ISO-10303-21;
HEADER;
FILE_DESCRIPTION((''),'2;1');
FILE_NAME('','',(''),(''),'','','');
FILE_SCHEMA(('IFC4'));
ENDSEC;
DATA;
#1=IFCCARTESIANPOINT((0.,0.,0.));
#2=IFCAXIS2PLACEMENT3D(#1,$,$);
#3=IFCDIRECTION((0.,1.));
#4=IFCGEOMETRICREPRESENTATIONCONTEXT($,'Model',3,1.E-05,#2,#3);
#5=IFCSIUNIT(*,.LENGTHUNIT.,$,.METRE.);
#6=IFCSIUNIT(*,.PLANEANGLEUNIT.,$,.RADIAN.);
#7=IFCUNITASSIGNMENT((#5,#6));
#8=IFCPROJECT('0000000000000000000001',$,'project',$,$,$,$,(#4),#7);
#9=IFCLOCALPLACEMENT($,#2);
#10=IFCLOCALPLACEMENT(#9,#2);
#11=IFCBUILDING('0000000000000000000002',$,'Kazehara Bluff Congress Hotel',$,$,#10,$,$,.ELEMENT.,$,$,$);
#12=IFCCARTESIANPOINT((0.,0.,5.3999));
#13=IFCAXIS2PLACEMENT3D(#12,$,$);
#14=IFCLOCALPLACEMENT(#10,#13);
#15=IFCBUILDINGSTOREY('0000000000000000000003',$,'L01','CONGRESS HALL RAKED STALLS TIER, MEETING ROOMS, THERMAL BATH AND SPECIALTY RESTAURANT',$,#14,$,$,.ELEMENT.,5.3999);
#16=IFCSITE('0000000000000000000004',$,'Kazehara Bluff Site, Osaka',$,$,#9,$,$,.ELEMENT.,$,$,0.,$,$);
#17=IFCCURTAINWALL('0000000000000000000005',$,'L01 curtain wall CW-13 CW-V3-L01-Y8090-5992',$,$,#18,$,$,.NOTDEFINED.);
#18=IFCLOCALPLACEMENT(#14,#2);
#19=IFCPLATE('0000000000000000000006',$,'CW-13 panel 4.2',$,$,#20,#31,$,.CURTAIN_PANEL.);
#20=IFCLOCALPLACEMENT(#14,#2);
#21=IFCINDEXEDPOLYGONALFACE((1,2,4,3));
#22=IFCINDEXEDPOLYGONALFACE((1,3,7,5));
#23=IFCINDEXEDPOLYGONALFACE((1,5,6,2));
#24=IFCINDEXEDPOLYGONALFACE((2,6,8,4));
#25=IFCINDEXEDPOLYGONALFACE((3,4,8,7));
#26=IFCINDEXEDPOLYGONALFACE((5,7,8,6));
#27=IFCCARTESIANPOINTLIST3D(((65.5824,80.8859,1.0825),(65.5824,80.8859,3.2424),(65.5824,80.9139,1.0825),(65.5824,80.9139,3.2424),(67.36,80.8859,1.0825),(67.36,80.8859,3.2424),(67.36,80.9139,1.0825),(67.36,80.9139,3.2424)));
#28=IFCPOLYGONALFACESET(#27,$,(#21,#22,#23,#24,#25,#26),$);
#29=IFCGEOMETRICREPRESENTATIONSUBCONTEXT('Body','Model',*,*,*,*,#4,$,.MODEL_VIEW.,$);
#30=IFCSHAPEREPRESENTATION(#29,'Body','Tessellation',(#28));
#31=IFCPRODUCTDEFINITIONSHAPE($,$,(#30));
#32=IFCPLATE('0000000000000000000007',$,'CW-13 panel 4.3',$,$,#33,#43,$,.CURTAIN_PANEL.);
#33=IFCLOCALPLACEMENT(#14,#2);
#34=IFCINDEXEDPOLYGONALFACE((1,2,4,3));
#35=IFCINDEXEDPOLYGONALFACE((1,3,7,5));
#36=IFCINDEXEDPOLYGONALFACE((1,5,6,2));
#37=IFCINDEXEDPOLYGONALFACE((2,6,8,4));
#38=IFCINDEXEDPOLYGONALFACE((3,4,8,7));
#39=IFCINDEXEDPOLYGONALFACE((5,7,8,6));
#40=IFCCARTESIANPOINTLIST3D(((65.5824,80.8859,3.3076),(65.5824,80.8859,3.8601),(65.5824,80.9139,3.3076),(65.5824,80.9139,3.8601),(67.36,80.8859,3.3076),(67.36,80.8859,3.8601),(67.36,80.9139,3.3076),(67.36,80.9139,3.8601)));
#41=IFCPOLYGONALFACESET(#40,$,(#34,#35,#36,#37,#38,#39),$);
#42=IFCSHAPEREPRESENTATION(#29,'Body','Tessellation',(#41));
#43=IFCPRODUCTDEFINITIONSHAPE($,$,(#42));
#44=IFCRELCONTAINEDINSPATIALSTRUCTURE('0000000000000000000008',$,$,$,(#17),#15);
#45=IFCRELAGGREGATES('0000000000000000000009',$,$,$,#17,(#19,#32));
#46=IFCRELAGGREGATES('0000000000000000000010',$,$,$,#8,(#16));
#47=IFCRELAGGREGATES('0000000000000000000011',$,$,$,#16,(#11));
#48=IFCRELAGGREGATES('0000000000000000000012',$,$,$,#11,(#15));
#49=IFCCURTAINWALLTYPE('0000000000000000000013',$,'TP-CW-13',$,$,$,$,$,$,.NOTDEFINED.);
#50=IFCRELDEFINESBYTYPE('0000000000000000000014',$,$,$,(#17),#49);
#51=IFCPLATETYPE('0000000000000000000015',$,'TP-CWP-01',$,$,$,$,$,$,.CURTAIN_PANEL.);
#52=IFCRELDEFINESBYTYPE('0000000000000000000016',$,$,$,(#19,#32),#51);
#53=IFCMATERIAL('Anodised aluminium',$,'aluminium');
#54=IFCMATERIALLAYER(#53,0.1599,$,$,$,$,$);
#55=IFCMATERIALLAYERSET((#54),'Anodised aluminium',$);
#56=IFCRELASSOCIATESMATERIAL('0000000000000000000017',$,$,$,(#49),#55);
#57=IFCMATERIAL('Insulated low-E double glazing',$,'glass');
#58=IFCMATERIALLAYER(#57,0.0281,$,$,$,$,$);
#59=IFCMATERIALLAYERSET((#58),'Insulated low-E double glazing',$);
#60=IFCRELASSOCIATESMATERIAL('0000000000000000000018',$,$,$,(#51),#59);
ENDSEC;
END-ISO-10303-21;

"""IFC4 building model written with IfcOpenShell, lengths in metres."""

from ifc_helpers import new_model, si_unit, direction, frame, origin, origin_2d, place, context, subcontext, project, spatial, rectangle, extrude, material, layer, layer_set, type_object, element, aggregate, save


model = new_model("IFC4")

# Units and contexts
model_context = context("Model", 3, precision=1e-05, world=origin(), true_north=direction((0.0, 1.0)))
body_context = subcontext(model_context, "Body", "Model", "MODEL_VIEW")
ifc_project = project(units=[si_unit("LENGTHUNIT", "METRE"), si_unit("PLANEANGLEUNIT", "RADIAN")], contexts=[model_context])

# Site, building, storey
site_placement = place(None, origin())
site = spatial("IfcSite", under=ifc_project, at=site_placement, Name="Kazehara Bluff Site, Osaka", CompositionType="ELEMENT", RefElevation=0.0)
building_placement = place(site_placement, origin())
building = spatial("IfcBuilding", under=site, at=building_placement, Name="Kazehara Bluff Congress Hotel", CompositionType="ELEMENT")
storey_placement = place(building_placement, frame((0.0, 0.0, 5.3999)))
storey = spatial("IfcBuildingStorey", under=building, at=storey_placement, Name="L01", Description="CONGRESS HALL RAKED STALLS TIER, MEETING ROOMS, THERMAL BATH AND SPECIALTY RESTAURANT", CompositionType="ELEMENT", Elevation=5.3999)

# Curtain wall
ifc_material_1 = material(Name="Anodised aluminium", Category="aluminium")
ifc_layer_1 = layer(ifc_material_1, 0.1599)
ifc_layer_set_1 = layer_set([ifc_layer_1], Name="Anodised aluminium")
curtain_wall_type_1 = type_object("IfcCurtainWallType", Name="TP-CW-13", PredefinedType="NOTDEFINED", material=ifc_layer_set_1)
curtain_wall_1_placement = place(storey_placement, origin())
curtain_wall_1 = element("IfcCurtainWall", 1, at=curtain_wall_1_placement, inside=storey, type_object=curtain_wall_type_1, Name="L01 curtain wall CW-13 CW-V3-L01-Y8090-5992", PredefinedType="NOTDEFINED")

# Plates
ifc_material_2 = material(Name="Insulated low-E double glazing", Category="glass")
ifc_layer_2 = layer(ifc_material_2, 0.0281)
ifc_layer_set_2 = layer_set([ifc_layer_2], Name="Insulated low-E double glazing")
plate_type = type_object("IfcPlateType", Name="TP-CWP-01", PredefinedType="CURTAIN_PANEL", material=ifc_layer_set_2)
plate_1_placement = place(storey_placement, frame((66.4712, 80.8999, 1.0825), z_axis=(0.0, 0.0, 1.0), x_axis=(1.0, 0.0, 0.0)))
plate_1 = element("IfcPlate", 2, at=plate_1_placement, type_object=plate_type, Name="CW-13 panel 4.2", PredefinedType="CURTAIN_PANEL", context=body_context, shape_type="SweptSolid", body=[
    extrude(rectangle(XDim=1.7776, YDim=0.0281, at=origin_2d()), origin(), (0.0, 0.0, 1.0), 2.1599),
])
plate_2_placement = place(storey_placement, frame((66.4712, 80.8999, 3.3076), z_axis=(0.0, 0.0, 1.0), x_axis=(1.0, 0.0, 0.0)))
plate_2 = element("IfcPlate", 3, at=plate_2_placement, type_object=plate_type, Name="CW-13 panel 4.3", PredefinedType="CURTAIN_PANEL", context=body_context, shape_type="SweptSolid", body=[
    extrude(rectangle(XDim=1.7776, YDim=0.0281, at=origin_2d()), origin(), (0.0, 0.0, 1.0), 0.5525),
])
aggregate(curtain_wall_1, [plate_1, plate_2])

save(model, "model.ifc")
